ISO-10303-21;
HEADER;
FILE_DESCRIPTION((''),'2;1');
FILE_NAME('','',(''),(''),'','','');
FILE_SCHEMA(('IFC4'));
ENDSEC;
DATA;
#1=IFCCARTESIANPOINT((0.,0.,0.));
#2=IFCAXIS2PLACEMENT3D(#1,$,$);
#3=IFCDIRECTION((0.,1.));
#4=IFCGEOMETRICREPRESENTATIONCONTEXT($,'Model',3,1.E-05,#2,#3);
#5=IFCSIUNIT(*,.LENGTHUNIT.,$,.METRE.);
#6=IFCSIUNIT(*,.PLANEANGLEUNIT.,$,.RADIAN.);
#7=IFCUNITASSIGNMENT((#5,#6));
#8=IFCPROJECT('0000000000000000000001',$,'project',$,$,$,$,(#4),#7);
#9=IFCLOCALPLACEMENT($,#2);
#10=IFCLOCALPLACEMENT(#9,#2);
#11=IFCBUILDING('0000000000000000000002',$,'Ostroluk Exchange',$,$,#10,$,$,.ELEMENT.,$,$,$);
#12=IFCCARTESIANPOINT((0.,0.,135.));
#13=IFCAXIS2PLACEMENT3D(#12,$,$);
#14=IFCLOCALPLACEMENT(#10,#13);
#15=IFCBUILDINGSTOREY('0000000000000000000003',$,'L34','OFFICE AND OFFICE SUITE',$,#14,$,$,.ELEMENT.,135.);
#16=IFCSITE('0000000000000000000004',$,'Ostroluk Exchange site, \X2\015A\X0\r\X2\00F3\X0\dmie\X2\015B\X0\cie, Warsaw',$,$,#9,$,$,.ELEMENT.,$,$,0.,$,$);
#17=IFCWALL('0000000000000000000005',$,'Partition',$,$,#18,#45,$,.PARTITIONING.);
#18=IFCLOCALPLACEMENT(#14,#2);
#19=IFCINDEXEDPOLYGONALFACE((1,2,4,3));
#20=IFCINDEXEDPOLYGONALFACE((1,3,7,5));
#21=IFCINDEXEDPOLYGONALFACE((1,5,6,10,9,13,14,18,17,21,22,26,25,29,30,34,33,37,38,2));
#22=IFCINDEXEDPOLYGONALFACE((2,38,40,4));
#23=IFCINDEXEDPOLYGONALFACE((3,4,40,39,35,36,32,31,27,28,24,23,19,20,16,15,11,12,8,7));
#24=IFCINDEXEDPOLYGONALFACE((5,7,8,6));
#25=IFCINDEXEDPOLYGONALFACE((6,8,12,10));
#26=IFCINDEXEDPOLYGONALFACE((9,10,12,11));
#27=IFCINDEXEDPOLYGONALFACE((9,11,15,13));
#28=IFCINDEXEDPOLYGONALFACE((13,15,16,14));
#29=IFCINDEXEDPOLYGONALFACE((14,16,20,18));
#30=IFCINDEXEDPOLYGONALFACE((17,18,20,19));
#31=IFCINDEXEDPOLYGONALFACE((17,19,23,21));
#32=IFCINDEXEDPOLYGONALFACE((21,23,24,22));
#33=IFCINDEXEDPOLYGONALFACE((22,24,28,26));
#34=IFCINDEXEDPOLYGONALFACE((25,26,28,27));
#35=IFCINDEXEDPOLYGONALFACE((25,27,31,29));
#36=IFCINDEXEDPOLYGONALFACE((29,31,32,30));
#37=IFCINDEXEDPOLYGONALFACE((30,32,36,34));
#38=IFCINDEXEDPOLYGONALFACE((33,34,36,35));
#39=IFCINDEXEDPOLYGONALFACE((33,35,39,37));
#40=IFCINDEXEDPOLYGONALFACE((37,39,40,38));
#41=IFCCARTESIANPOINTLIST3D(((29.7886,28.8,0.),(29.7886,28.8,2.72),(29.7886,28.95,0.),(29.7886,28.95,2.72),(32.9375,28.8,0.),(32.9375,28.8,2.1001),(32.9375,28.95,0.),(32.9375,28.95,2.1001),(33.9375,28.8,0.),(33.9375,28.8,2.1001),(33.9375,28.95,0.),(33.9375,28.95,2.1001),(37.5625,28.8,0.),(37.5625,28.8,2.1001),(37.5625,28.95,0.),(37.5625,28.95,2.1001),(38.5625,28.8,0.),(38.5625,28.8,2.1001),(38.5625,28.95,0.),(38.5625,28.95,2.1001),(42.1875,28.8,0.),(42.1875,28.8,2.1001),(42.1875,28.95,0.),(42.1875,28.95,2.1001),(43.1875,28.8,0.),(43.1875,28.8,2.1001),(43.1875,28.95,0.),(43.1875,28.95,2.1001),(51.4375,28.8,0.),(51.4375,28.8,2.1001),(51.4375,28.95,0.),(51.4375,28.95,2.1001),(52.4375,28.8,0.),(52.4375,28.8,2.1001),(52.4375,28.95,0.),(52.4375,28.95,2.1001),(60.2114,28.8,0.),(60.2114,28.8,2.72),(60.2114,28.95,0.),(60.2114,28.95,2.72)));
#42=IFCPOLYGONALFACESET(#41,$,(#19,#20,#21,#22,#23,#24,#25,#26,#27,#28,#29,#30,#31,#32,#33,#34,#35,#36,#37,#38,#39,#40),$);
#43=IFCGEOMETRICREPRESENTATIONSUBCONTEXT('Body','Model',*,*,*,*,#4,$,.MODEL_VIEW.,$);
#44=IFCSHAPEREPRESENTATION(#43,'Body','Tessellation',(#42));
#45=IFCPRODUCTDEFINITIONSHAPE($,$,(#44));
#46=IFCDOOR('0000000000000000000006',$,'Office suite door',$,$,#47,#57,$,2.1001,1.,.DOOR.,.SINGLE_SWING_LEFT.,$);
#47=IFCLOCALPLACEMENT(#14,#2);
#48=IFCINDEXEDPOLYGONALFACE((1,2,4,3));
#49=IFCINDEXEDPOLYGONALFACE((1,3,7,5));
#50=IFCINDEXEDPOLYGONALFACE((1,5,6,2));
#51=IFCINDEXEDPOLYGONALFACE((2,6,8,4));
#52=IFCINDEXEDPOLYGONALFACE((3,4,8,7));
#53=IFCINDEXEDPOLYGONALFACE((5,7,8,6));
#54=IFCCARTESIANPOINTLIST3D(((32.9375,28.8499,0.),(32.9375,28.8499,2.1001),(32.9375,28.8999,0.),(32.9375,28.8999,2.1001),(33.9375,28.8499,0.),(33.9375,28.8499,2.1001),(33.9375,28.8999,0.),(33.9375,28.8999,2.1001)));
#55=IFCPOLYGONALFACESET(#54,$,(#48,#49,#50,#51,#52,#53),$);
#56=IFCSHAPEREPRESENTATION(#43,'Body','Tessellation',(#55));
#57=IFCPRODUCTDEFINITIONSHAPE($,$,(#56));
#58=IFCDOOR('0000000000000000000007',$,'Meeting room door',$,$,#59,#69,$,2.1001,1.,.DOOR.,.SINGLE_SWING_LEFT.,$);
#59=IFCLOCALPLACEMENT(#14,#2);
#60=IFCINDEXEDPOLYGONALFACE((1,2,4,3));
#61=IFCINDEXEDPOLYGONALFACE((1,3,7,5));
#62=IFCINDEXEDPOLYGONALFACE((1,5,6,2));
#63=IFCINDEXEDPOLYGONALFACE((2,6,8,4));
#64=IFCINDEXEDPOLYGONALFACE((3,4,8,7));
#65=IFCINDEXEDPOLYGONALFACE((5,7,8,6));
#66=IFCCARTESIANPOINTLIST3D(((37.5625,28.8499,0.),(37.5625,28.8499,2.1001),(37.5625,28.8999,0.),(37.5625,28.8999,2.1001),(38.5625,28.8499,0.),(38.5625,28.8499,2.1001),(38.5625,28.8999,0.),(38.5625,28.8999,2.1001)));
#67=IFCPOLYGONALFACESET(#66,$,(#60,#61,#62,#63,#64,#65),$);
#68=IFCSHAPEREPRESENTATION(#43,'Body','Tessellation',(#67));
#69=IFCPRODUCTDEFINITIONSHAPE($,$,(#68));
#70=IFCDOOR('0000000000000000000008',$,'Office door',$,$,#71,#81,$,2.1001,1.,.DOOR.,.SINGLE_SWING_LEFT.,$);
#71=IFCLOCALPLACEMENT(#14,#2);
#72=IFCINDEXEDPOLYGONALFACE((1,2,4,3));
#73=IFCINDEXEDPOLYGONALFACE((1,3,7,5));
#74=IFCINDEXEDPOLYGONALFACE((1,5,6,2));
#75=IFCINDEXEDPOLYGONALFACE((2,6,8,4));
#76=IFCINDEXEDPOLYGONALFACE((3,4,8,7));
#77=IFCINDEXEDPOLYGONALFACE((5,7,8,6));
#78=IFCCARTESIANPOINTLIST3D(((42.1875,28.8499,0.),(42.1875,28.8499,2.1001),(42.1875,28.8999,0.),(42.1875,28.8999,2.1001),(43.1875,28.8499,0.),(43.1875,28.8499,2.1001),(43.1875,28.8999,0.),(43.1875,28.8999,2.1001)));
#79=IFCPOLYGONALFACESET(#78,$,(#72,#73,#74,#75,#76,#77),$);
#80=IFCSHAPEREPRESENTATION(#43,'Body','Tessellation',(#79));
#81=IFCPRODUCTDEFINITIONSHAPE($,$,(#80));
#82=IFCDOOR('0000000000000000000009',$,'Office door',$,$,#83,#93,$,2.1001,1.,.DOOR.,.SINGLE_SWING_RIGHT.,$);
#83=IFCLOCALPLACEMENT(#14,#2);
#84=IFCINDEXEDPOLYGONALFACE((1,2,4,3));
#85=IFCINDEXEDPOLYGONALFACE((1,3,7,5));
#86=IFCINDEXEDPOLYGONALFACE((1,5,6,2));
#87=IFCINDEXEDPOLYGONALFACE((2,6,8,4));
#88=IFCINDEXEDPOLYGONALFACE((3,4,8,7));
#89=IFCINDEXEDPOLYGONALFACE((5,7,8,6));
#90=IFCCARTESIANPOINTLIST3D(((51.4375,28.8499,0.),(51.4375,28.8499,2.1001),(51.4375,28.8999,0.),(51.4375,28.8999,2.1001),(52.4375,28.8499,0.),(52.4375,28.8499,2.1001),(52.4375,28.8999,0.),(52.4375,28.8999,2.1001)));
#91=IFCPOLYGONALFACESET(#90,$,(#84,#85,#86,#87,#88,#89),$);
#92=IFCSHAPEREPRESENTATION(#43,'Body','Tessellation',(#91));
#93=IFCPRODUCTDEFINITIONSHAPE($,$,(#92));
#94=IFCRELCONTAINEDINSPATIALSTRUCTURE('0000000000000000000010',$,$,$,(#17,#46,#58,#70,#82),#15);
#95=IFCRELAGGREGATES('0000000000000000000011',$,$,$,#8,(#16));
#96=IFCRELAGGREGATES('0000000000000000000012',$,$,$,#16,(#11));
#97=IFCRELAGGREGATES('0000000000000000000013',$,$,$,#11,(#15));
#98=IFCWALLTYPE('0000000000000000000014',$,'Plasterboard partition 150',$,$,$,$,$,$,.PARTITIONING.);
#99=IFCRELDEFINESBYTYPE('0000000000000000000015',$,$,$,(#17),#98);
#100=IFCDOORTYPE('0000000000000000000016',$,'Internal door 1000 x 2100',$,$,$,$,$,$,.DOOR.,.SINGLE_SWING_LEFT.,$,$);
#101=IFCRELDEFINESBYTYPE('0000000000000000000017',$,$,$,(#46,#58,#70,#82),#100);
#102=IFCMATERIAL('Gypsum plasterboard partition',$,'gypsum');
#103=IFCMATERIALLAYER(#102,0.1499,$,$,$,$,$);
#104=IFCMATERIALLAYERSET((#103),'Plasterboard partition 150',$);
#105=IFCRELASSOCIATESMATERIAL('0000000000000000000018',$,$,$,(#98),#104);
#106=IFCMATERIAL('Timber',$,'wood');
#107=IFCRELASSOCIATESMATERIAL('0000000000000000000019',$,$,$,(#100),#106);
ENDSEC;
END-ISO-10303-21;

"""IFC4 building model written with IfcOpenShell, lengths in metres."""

from ifc_helpers import new_model, si_unit, direction, frame, frame_2d, origin, place, context, subcontext, project, spatial, rectangle, extrude, material, layer, layer_set, type_object, element, fill, save


model = new_model("IFC4")

# Units and contexts
model_context = context("Model", 3, precision=1e-05, world=origin(), true_north=direction((0.0, 1.0)))
body_context = subcontext(model_context, "Body", "Model", "MODEL_VIEW")
ifc_project = project(units=[si_unit("LENGTHUNIT", "METRE"), si_unit("PLANEANGLEUNIT", "RADIAN")], contexts=[model_context])

# Site, building, storey
site_placement = place(None, origin())
site = spatial("IfcSite", under=ifc_project, at=site_placement, Name="Ostroluk Exchange site, Śródmieście, Warsaw", CompositionType="ELEMENT", RefElevation=0.0)
building_placement = place(site_placement, origin())
building = spatial("IfcBuilding", under=site, at=building_placement, Name="Ostroluk Exchange", CompositionType="ELEMENT")
storey_placement = place(building_placement, frame((0.0, 0.0, 135.0)))
storey = spatial("IfcBuildingStorey", under=building, at=storey_placement, Name="L34", Description="OFFICE AND OFFICE SUITE", CompositionType="ELEMENT", Elevation=135.0)

# Shared definitions
ifc_material_1 = material(Name="Gypsum plasterboard partition", Category="gypsum")
ifc_layer_1 = layer(ifc_material_1, 0.1499)
ifc_layer_set_1 = layer_set([ifc_layer_1], Name="Plasterboard partition 150")
wall_type_1 = type_object("IfcWallType", Name="Plasterboard partition 150", PredefinedType="PARTITIONING", material=ifc_layer_set_1)

# Wall, openings, doors
wall_1_placement = place(storey_placement, frame((29.7886, 28.875, 0.0), z_axis=(0.0, 0.0, 1.0), x_axis=(1.0, 0.0, 0.0)))
wall_1 = element("IfcWall", 1, at=wall_1_placement, inside=storey, type_object=wall_type_1, Name="Partition", PredefinedType="PARTITIONING", context=body_context, shape_type="SweptSolid", body=[
    extrude(rectangle(XDim=30.4229, YDim=0.1499, at=frame_2d((15.2114, 0.0))), origin(), (0.0, 0.0, 1.0), 2.72),
])
opening_1_placement = place(wall_1_placement, frame((3.1489, 0.0, 0.0)))
opening_1 = element("IfcOpeningElement", 2, at=opening_1_placement, cuts=wall_1, PredefinedType="OPENING", context=body_context, shape_type="SweptSolid", body=[
    extrude(rectangle(XDim=1.0, YDim=2.1001, at=frame_2d((0.5, 1.05))), frame((0.0, 0.085, 0.0), z_axis=(0.0, -1.0, 0.0), x_axis=(1.0, 0.0, 0.0)), (0.0, 0.0, 1.0), 0.1699),
])
opening_2_placement = place(wall_1_placement, frame((7.7739, 0.0, 0.0)))
opening_2 = element("IfcOpeningElement", 3, at=opening_2_placement, cuts=wall_1, PredefinedType="OPENING", context=body_context, shape_type="SweptSolid", body=[
    extrude(rectangle(XDim=1.0, YDim=2.1001, at=frame_2d((0.5, 1.05))), frame((0.0, 0.085, 0.0), z_axis=(0.0, -1.0, 0.0), x_axis=(1.0, 0.0, 0.0)), (0.0, 0.0, 1.0), 0.1699),
])
opening_3_placement = place(wall_1_placement, frame((12.3989, 0.0, 0.0)))
opening_3 = element("IfcOpeningElement", 4, at=opening_3_placement, cuts=wall_1, PredefinedType="OPENING", context=body_context, shape_type="SweptSolid", body=[
    extrude(rectangle(XDim=1.0, YDim=2.1001, at=frame_2d((0.5, 1.05))), frame((0.0, 0.085, 0.0), z_axis=(0.0, -1.0, 0.0), x_axis=(1.0, 0.0, 0.0)), (0.0, 0.0, 1.0), 0.1699),
])
opening_4_placement = place(wall_1_placement, frame((21.6489, 0.0, 0.0)))
opening_4 = element("IfcOpeningElement", 5, at=opening_4_placement, cuts=wall_1, PredefinedType="OPENING", context=body_context, shape_type="SweptSolid", body=[
    extrude(rectangle(XDim=1.0, YDim=2.1001, at=frame_2d((0.5, 1.05))), frame((0.0, 0.085, 0.0), z_axis=(0.0, -1.0, 0.0), x_axis=(1.0, 0.0, 0.0)), (0.0, 0.0, 1.0), 0.1699),
])
ifc_material_2 = material(Name="Timber", Category="wood")
door_type_1 = type_object("IfcDoorType", Name="Internal door 1000 x 2100", OperationType="SINGLE_SWING_LEFT", PredefinedType="DOOR", material=ifc_material_2)
door_1_placement = place(opening_1_placement, origin())
door_1 = element("IfcDoor", 6, at=door_1_placement, inside=storey, type_object=door_type_1, Name="Office suite door", OperationType="SINGLE_SWING_LEFT", OverallHeight=2.1001, OverallWidth=1.0, PredefinedType="DOOR", context=body_context, shape_type="SweptSolid", body=[
    extrude(rectangle(XDim=1.0, YDim=2.1001, at=frame_2d((0.5, 1.05))), frame((0.0, 0.0249, 0.0), z_axis=(0.0, -1.0, 0.0), x_axis=(1.0, 0.0, 0.0)), (0.0, 0.0, 1.0), 0.05),
])
fill(opening_1, door_1)
door_2_placement = place(opening_2_placement, origin())
door_2 = element("IfcDoor", 7, at=door_2_placement, inside=storey, type_object=door_type_1, Name="Meeting room door", OperationType="SINGLE_SWING_LEFT", OverallHeight=2.1001, OverallWidth=1.0, PredefinedType="DOOR", context=body_context, shape_type="SweptSolid", body=[
    extrude(rectangle(XDim=1.0, YDim=2.1001, at=frame_2d((0.5, 1.05))), frame((0.0, 0.0249, 0.0), z_axis=(0.0, -1.0, 0.0), x_axis=(1.0, 0.0, 0.0)), (0.0, 0.0, 1.0), 0.05),
])
fill(opening_2, door_2)
door_3_placement = place(opening_3_placement, origin())
door_3 = element("IfcDoor", 8, at=door_3_placement, inside=storey, type_object=door_type_1, Name="Office door", OperationType="SINGLE_SWING_LEFT", OverallHeight=2.1001, OverallWidth=1.0, PredefinedType="DOOR", context=body_context, shape_type="SweptSolid", body=[
    extrude(rectangle(XDim=1.0, YDim=2.1001, at=frame_2d((0.5, 1.05))), frame((0.0, 0.0249, 0.0), z_axis=(0.0, -1.0, 0.0), x_axis=(1.0, 0.0, 0.0)), (0.0, 0.0, 1.0), 0.05),
])
fill(opening_3, door_3)
door_4_placement = place(opening_4_placement, origin())
door_4 = element("IfcDoor", 9, at=door_4_placement, inside=storey, type_object=door_type_1, Name="Office door", OperationType="SINGLE_SWING_RIGHT", OverallHeight=2.1001, OverallWidth=1.0, PredefinedType="DOOR", context=body_context, shape_type="SweptSolid", body=[
    extrude(rectangle(XDim=1.0, YDim=2.1001, at=frame_2d((0.5, 1.05))), frame((0.0, 0.0249, 0.0), z_axis=(0.0, -1.0, 0.0), x_axis=(1.0, 0.0, 0.0)), (0.0, 0.0, 1.0), 0.05),
])
fill(opening_4, door_4)

save(model, "model.ifc")
